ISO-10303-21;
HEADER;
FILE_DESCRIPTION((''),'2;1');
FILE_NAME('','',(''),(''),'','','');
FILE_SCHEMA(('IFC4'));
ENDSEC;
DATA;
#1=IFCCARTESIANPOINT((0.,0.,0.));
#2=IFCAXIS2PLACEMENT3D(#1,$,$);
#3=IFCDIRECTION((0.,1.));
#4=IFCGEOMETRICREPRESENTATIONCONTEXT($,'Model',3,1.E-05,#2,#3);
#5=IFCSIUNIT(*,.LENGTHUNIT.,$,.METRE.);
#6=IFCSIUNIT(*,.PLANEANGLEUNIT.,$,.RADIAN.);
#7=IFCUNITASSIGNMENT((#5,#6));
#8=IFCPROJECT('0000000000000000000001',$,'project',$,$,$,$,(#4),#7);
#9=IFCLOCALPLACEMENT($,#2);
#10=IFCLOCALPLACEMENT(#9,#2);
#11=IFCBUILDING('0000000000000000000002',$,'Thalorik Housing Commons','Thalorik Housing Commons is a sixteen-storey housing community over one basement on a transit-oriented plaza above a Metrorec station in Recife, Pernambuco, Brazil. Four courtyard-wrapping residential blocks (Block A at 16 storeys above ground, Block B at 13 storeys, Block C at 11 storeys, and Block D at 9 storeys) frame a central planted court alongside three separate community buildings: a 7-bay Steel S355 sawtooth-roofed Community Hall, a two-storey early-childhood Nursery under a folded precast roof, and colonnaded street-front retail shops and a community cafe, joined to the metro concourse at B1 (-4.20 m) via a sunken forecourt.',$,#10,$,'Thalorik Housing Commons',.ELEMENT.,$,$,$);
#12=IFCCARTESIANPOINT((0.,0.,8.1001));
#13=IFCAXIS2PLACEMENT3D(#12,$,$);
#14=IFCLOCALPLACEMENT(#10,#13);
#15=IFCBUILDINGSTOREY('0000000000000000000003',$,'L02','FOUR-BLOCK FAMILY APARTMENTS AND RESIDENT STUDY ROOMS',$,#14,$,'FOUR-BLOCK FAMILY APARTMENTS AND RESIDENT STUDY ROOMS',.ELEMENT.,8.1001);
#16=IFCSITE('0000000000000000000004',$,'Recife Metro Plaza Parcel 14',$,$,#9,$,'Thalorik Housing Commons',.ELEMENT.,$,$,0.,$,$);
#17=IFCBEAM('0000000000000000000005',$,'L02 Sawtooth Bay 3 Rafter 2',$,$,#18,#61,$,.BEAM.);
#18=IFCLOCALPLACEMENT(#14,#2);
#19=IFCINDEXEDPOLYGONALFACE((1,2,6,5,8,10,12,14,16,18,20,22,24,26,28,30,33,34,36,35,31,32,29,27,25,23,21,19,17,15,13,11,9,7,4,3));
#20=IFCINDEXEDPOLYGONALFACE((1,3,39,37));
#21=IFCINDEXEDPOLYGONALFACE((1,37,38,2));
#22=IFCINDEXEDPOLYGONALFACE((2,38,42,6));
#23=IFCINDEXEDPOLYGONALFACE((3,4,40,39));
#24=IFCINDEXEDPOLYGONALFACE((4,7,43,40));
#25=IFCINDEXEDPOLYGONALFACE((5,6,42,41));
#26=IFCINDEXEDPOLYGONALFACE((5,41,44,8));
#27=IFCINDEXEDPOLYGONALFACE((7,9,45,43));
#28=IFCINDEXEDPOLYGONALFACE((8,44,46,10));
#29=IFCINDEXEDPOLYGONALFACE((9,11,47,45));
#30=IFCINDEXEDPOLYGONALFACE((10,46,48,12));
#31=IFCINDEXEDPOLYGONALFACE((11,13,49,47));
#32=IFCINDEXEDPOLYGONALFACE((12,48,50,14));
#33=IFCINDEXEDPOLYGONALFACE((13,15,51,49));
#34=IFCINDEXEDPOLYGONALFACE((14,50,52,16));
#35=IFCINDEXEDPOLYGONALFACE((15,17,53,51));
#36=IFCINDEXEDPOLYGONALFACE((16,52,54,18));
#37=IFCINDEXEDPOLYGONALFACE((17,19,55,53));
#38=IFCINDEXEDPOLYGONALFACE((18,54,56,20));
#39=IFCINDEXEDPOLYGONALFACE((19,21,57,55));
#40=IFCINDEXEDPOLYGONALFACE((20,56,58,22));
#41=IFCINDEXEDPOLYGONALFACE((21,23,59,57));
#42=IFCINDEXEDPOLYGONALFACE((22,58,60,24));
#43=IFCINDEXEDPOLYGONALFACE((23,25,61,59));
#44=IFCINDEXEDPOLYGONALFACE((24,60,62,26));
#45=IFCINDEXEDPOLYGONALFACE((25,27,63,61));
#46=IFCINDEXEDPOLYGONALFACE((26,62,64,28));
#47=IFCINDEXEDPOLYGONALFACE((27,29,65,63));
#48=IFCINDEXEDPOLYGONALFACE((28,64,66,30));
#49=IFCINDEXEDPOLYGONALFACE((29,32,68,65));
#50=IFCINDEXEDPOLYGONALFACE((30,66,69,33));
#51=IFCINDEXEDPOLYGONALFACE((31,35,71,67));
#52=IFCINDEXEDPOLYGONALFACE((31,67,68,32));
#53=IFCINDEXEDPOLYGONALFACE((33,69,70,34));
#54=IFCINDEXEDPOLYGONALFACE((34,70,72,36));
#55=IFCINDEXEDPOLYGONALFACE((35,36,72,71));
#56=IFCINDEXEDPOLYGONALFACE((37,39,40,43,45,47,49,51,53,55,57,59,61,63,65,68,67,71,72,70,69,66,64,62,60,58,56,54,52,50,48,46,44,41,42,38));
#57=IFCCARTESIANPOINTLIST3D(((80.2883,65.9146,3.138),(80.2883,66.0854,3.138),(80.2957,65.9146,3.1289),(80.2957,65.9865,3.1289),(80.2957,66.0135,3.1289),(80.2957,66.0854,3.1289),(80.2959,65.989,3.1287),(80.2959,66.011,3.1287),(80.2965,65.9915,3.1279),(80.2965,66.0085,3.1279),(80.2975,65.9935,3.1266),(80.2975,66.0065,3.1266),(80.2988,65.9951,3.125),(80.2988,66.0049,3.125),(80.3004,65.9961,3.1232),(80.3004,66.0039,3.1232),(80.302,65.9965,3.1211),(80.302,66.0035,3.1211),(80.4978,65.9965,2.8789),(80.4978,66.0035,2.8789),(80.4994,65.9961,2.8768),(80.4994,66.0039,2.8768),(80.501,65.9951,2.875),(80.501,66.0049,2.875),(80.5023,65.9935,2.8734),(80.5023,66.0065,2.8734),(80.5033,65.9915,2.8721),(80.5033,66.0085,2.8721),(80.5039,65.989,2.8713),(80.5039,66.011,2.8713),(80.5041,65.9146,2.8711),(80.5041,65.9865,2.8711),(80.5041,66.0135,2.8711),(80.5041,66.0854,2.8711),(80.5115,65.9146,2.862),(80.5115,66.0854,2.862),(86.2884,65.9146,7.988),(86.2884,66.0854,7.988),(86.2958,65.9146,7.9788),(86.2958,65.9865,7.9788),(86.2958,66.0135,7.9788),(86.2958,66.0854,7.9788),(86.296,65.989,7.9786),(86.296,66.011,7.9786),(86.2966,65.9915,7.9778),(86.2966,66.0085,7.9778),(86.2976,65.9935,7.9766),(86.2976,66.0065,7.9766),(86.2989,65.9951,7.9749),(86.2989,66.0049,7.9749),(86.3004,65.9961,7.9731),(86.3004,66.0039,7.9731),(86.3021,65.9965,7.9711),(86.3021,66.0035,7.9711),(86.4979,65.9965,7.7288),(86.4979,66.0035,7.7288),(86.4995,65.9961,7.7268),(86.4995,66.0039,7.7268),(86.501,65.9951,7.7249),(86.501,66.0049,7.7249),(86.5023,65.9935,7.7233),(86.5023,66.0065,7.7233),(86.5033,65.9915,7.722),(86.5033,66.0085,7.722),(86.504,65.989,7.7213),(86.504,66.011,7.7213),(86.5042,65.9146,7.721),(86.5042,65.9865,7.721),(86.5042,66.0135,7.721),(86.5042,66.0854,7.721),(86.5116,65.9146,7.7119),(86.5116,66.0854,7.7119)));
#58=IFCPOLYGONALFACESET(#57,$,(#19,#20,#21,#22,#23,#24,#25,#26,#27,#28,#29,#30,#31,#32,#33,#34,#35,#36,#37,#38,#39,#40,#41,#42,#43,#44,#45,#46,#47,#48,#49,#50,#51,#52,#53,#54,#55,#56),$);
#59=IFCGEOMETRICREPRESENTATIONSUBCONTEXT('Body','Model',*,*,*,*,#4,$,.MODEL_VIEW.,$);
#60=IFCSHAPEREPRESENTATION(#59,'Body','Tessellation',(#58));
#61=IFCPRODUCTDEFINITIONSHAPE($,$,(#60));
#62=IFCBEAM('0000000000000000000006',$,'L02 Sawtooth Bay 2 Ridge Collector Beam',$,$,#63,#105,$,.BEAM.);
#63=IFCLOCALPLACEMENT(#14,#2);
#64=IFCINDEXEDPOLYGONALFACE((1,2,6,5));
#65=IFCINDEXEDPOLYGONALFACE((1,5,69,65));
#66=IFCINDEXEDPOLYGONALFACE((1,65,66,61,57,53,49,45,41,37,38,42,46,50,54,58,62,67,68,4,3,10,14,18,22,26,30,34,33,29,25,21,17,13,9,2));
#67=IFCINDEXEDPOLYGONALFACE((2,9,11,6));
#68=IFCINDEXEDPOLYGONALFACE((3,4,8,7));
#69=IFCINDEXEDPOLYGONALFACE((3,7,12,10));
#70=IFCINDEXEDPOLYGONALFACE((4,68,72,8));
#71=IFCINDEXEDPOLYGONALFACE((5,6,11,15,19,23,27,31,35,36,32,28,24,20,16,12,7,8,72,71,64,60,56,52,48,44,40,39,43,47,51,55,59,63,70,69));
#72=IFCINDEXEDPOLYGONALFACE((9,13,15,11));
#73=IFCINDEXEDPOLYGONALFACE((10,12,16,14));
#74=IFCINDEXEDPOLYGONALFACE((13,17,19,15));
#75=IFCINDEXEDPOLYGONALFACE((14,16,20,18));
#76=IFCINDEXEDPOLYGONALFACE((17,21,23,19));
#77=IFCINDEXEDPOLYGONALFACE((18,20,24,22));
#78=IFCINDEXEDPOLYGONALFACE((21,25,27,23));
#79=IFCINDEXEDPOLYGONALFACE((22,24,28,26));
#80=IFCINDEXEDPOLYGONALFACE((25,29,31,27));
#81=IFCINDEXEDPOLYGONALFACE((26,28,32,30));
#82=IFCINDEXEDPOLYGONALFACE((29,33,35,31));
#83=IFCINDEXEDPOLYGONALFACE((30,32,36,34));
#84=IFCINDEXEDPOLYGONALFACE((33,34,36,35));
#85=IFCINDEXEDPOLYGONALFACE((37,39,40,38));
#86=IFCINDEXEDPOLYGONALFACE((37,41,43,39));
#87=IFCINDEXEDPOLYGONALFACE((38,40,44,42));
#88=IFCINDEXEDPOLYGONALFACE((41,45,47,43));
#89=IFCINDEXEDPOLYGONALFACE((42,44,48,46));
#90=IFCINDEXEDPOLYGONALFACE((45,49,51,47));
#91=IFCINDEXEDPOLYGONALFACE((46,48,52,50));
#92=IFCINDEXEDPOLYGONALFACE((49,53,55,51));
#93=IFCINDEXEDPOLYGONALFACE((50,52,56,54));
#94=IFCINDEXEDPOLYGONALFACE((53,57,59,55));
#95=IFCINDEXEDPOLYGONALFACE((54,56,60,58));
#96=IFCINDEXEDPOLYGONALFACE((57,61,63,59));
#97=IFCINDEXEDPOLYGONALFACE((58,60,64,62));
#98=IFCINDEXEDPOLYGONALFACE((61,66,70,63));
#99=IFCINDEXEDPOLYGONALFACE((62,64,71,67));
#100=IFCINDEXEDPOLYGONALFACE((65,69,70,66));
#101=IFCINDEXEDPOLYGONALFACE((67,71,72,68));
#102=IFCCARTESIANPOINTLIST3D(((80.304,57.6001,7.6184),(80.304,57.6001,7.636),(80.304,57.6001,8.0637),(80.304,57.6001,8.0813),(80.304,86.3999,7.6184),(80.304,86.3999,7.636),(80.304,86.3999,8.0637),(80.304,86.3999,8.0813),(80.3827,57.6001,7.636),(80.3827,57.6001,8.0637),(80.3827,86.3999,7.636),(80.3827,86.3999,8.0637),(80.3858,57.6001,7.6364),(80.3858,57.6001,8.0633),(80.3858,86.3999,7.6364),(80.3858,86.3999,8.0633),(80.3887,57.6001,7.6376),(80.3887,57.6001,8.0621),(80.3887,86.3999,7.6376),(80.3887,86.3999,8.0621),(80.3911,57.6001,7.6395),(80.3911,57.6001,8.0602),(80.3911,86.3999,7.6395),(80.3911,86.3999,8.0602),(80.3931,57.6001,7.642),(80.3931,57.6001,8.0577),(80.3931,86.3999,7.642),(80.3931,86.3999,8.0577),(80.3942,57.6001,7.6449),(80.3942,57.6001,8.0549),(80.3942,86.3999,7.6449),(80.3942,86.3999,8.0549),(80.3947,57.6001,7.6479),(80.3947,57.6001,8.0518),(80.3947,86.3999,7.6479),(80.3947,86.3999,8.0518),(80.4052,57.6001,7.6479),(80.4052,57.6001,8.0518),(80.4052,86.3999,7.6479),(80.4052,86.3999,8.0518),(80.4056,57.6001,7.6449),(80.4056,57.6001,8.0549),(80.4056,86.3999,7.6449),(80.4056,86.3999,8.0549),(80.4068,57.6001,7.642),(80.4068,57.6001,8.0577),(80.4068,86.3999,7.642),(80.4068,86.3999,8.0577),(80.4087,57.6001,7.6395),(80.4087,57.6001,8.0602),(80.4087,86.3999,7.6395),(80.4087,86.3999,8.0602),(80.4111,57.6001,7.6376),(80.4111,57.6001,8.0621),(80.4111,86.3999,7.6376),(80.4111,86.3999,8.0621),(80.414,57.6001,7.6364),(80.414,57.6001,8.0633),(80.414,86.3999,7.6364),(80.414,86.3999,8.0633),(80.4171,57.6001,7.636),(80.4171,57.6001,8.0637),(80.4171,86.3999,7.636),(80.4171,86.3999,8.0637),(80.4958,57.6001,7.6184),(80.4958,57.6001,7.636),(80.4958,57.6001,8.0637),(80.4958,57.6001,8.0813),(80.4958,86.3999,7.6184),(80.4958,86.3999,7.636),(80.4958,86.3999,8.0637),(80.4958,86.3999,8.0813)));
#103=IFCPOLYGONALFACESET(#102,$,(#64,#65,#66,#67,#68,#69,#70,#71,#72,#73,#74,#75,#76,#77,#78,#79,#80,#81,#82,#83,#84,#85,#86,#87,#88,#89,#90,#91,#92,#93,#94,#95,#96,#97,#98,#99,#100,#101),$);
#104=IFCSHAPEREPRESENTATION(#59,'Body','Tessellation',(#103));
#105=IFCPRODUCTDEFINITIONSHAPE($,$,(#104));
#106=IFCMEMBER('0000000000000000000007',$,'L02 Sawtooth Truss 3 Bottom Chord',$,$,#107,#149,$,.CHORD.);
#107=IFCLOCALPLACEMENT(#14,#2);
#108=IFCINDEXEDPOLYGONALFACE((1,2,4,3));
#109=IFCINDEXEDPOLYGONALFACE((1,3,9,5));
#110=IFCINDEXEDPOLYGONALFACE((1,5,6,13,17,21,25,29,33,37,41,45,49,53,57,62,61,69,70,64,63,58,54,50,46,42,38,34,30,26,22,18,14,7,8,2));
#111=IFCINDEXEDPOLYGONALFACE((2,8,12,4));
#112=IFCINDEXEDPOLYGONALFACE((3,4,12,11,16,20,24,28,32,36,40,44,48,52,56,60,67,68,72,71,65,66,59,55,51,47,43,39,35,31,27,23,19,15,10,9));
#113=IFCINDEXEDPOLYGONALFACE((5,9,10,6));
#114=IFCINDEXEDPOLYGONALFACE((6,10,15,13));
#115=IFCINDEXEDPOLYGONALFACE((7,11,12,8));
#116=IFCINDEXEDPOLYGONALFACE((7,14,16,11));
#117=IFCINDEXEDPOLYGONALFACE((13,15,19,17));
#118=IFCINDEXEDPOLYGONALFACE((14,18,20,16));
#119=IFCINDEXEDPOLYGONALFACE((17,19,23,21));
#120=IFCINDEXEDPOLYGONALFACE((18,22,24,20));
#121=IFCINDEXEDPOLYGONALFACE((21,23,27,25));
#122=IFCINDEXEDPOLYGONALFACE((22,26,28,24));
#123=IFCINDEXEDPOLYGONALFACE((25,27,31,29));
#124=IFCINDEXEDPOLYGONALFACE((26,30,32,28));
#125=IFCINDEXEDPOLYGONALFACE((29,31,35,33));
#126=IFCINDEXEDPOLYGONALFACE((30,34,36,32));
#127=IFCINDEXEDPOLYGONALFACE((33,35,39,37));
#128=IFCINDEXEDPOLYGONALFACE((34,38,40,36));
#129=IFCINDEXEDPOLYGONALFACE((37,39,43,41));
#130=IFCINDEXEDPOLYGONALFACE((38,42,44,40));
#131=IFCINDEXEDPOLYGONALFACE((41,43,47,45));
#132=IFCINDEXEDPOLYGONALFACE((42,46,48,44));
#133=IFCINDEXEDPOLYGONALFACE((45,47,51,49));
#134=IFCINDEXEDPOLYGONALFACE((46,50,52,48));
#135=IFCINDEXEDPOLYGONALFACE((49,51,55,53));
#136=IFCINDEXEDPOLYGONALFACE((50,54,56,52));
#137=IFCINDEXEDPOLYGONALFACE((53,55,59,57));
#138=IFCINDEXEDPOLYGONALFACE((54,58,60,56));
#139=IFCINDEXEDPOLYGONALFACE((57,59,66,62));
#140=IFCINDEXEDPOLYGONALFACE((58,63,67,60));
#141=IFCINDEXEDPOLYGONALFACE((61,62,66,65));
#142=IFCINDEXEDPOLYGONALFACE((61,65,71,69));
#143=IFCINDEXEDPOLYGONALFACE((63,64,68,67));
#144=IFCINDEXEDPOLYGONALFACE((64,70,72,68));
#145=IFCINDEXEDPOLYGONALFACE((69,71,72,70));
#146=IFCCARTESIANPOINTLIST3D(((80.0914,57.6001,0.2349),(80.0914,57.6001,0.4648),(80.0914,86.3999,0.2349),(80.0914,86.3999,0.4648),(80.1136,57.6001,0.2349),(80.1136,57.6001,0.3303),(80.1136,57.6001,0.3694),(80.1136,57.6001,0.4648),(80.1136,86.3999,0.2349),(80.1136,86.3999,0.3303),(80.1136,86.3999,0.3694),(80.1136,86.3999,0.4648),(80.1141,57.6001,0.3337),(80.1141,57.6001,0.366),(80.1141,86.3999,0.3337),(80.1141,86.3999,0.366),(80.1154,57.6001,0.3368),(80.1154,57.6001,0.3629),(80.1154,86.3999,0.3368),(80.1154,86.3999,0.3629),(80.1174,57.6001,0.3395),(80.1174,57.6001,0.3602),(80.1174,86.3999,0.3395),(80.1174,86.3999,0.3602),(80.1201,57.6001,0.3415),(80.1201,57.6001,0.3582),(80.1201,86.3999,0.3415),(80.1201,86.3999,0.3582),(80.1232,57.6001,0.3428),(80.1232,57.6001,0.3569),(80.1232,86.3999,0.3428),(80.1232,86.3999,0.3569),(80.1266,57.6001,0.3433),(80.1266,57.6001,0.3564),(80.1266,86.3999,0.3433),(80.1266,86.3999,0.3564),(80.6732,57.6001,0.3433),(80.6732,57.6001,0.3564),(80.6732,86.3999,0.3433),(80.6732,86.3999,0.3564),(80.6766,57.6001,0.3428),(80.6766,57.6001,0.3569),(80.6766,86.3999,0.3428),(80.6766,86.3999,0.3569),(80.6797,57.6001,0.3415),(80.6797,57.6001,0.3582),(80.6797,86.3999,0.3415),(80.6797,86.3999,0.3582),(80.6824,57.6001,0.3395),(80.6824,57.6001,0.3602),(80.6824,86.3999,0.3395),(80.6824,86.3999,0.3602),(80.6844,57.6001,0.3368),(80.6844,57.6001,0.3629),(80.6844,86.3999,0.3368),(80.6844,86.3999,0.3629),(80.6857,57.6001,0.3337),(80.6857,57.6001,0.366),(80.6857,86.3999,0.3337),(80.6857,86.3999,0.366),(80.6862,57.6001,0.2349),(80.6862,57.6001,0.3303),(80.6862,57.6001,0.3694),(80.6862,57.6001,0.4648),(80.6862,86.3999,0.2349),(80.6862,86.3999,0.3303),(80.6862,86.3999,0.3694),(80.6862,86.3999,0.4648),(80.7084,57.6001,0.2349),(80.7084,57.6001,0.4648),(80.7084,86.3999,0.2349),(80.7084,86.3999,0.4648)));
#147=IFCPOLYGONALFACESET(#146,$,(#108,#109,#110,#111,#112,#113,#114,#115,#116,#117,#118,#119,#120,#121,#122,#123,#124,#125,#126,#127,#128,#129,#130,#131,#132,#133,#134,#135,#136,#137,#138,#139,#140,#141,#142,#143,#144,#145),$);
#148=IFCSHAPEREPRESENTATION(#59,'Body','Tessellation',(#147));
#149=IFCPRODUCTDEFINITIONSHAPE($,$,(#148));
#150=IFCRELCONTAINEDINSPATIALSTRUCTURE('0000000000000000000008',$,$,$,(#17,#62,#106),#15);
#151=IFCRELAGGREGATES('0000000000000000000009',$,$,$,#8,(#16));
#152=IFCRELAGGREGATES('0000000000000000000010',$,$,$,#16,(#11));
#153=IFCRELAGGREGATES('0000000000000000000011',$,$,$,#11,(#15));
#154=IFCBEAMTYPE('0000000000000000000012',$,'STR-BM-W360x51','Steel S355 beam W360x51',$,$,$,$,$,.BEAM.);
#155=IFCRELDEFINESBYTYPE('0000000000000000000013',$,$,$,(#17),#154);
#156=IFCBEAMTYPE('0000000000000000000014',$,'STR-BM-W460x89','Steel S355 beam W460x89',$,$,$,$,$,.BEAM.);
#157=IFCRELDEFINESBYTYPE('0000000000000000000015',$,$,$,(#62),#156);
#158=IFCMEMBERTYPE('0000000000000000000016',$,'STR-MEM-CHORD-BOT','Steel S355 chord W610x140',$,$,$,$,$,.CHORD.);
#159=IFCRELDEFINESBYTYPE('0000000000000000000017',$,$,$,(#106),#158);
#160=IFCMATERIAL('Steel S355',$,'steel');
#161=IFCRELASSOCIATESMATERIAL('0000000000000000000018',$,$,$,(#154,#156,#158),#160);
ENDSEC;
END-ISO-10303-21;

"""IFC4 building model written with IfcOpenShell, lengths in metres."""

from ifc_helpers import new_model, si_unit, direction, frame, origin, origin_2d, place, context, subcontext, project, spatial, i_section, extrude, material, material_profile, profile_set, type_object, element, save


model = new_model("IFC4")

# Units and contexts
model_context = context("Model", 3, precision=1e-05, world=origin(), true_north=direction((0.0, 1.0)))
body_context = subcontext(model_context, "Body", "Model", "MODEL_VIEW")
ifc_project = project(units=[si_unit("LENGTHUNIT", "METRE"), si_unit("PLANEANGLEUNIT", "RADIAN")], contexts=[model_context])

# Site, building, storey
site_placement = place(None, origin())
site = spatial("IfcSite", under=ifc_project, at=site_placement, Name="Recife Metro Plaza Parcel 14", LongName="Thalorik Housing Commons", CompositionType="ELEMENT", RefElevation=0.0)
building_placement = place(site_placement, origin())
building = spatial("IfcBuilding", under=site, at=building_placement, Name="Thalorik Housing Commons", Description="Thalorik Housing Commons is a sixteen-storey housing community over one basement on a transit-oriented plaza above a Metrorec station in Recife, Pernambuco, Brazil. Four courtyard-wrapping residential blocks (Block A at 16 storeys above ground, Block B at 13 storeys, Block C at 11 storeys, and Block D at 9 storeys) frame a central planted court alongside three separate community buildings: a 7-bay Steel S355 sawtooth-roofed Community Hall, a two-storey early-childhood Nursery under a folded precast roof, and colonnaded street-front retail shops and a community cafe, joined to the metro concourse at B1 (-4.20 m) via a sunken forecourt.", LongName="Thalorik Housing Commons", CompositionType="ELEMENT")
storey_placement = place(building_placement, frame((0.0, 0.0, 8.1001)))
storey = spatial("IfcBuildingStorey", under=building, at=storey_placement, Name="L02", Description="FOUR-BLOCK FAMILY APARTMENTS AND RESIDENT STUDY ROOMS", LongName="FOUR-BLOCK FAMILY APARTMENTS AND RESIDENT STUDY ROOMS", CompositionType="ELEMENT", Elevation=8.1001)

# Beams
ifc_material_1 = material(Name="Steel S355", Category="steel")
ifc_material_profile_1 = material_profile(ifc_material_1, i_section(OverallWidth=0.1709, OverallDepth=0.355, WebThickness=0.0071, FlangeThickness=0.0117, FilletRadius=0.01, at=origin_2d()), Name="W360x51", Category="steel")
ifc_profile_set_1 = profile_set([ifc_material_profile_1], Name="Steel S355")
beam_type_1 = type_object("IfcBeamType", Name="STR-BM-W360x51", Description="Steel S355 beam W360x51", PredefinedType="BEAM", material=ifc_profile_set_1)
for number, where, z_axis, x_axis, name in (
    (1, (80.3999, 66.0, 3.0), (0.777707, 0.0, 0.628627), (0.0, 1.0, 0.0), "L02 Sawtooth Bay 3 Rafter 2"),
):
    element("IfcBeam", number, at=place(storey_placement, frame(where, z_axis=z_axis, x_axis=x_axis)), inside=storey, type_object=beam_type_1, Name=name, PredefinedType="BEAM", context=body_context, shape_type="SweptSolid", body=[
        extrude(i_section(OverallWidth=0.1709, OverallDepth=0.355, WebThickness=0.0071, FlangeThickness=0.0117, FilletRadius=0.01, at=origin_2d()), origin(), (0.0, 0.0, 1.0), 7.7151),
    ])
ifc_material_profile_2 = material_profile(ifc_material_1, i_section(OverallWidth=0.1919, OverallDepth=0.4629, WebThickness=0.0105, FlangeThickness=0.0176, FilletRadius=0.012, at=origin_2d()), Name="W460x89", Category="steel")
ifc_profile_set_2 = profile_set([ifc_material_profile_2], Name="Steel S355")
beam_type_2 = type_object("IfcBeamType", Name="STR-BM-W460x89", Description="Steel S355 beam W460x89", PredefinedType="BEAM", material=ifc_profile_set_2)
beam_1_placement = place(storey_placement, frame((80.3999, 57.6001, 7.8499), z_axis=(0.0, 1.0, 0.0), x_axis=(-1.0, 0.0, 0.0)))
element("IfcBeam", 2, at=beam_1_placement, inside=storey, type_object=beam_type_2, Name="L02 Sawtooth Bay 2 Ridge Collector Beam", PredefinedType="BEAM", context=body_context, shape_type="SweptSolid", body=[
    extrude(i_section(OverallWidth=0.1919, OverallDepth=0.4629, WebThickness=0.0105, FlangeThickness=0.0176, FilletRadius=0.012, at=origin_2d()), origin(), (0.0, 0.0, 1.0), 28.7998),
])

# Member
ifc_material_profile_3 = material_profile(ifc_material_1, i_section(OverallWidth=0.23, OverallDepth=0.6169, WebThickness=0.0132, FlangeThickness=0.0222, FilletRadius=0.0129, at=origin_2d()), Name="W610x140", Category="steel")
ifc_profile_set_3 = profile_set([ifc_material_profile_3], Name="Steel S355")
member_type_1 = type_object("IfcMemberType", Name="STR-MEM-CHORD-BOT", Description="Steel S355 chord W610x140", PredefinedType="CHORD", material=ifc_profile_set_3)
member_1_placement = place(storey_placement, frame((80.3999, 57.6001, 0.3499), z_axis=(0.0, 1.0, 0.0), x_axis=(0.0, 0.0, 1.0)))
element("IfcMember", 3, at=member_1_placement, inside=storey, type_object=member_type_1, Name="L02 Sawtooth Truss 3 Bottom Chord", PredefinedType="CHORD", context=body_context, shape_type="SweptSolid", body=[
    extrude(i_section(OverallWidth=0.23, OverallDepth=0.6169, WebThickness=0.0132, FlangeThickness=0.0222, FilletRadius=0.0129, at=origin_2d()), origin(), (0.0, 0.0, 1.0), 28.7998),
])

save(model, "model.ifc")
